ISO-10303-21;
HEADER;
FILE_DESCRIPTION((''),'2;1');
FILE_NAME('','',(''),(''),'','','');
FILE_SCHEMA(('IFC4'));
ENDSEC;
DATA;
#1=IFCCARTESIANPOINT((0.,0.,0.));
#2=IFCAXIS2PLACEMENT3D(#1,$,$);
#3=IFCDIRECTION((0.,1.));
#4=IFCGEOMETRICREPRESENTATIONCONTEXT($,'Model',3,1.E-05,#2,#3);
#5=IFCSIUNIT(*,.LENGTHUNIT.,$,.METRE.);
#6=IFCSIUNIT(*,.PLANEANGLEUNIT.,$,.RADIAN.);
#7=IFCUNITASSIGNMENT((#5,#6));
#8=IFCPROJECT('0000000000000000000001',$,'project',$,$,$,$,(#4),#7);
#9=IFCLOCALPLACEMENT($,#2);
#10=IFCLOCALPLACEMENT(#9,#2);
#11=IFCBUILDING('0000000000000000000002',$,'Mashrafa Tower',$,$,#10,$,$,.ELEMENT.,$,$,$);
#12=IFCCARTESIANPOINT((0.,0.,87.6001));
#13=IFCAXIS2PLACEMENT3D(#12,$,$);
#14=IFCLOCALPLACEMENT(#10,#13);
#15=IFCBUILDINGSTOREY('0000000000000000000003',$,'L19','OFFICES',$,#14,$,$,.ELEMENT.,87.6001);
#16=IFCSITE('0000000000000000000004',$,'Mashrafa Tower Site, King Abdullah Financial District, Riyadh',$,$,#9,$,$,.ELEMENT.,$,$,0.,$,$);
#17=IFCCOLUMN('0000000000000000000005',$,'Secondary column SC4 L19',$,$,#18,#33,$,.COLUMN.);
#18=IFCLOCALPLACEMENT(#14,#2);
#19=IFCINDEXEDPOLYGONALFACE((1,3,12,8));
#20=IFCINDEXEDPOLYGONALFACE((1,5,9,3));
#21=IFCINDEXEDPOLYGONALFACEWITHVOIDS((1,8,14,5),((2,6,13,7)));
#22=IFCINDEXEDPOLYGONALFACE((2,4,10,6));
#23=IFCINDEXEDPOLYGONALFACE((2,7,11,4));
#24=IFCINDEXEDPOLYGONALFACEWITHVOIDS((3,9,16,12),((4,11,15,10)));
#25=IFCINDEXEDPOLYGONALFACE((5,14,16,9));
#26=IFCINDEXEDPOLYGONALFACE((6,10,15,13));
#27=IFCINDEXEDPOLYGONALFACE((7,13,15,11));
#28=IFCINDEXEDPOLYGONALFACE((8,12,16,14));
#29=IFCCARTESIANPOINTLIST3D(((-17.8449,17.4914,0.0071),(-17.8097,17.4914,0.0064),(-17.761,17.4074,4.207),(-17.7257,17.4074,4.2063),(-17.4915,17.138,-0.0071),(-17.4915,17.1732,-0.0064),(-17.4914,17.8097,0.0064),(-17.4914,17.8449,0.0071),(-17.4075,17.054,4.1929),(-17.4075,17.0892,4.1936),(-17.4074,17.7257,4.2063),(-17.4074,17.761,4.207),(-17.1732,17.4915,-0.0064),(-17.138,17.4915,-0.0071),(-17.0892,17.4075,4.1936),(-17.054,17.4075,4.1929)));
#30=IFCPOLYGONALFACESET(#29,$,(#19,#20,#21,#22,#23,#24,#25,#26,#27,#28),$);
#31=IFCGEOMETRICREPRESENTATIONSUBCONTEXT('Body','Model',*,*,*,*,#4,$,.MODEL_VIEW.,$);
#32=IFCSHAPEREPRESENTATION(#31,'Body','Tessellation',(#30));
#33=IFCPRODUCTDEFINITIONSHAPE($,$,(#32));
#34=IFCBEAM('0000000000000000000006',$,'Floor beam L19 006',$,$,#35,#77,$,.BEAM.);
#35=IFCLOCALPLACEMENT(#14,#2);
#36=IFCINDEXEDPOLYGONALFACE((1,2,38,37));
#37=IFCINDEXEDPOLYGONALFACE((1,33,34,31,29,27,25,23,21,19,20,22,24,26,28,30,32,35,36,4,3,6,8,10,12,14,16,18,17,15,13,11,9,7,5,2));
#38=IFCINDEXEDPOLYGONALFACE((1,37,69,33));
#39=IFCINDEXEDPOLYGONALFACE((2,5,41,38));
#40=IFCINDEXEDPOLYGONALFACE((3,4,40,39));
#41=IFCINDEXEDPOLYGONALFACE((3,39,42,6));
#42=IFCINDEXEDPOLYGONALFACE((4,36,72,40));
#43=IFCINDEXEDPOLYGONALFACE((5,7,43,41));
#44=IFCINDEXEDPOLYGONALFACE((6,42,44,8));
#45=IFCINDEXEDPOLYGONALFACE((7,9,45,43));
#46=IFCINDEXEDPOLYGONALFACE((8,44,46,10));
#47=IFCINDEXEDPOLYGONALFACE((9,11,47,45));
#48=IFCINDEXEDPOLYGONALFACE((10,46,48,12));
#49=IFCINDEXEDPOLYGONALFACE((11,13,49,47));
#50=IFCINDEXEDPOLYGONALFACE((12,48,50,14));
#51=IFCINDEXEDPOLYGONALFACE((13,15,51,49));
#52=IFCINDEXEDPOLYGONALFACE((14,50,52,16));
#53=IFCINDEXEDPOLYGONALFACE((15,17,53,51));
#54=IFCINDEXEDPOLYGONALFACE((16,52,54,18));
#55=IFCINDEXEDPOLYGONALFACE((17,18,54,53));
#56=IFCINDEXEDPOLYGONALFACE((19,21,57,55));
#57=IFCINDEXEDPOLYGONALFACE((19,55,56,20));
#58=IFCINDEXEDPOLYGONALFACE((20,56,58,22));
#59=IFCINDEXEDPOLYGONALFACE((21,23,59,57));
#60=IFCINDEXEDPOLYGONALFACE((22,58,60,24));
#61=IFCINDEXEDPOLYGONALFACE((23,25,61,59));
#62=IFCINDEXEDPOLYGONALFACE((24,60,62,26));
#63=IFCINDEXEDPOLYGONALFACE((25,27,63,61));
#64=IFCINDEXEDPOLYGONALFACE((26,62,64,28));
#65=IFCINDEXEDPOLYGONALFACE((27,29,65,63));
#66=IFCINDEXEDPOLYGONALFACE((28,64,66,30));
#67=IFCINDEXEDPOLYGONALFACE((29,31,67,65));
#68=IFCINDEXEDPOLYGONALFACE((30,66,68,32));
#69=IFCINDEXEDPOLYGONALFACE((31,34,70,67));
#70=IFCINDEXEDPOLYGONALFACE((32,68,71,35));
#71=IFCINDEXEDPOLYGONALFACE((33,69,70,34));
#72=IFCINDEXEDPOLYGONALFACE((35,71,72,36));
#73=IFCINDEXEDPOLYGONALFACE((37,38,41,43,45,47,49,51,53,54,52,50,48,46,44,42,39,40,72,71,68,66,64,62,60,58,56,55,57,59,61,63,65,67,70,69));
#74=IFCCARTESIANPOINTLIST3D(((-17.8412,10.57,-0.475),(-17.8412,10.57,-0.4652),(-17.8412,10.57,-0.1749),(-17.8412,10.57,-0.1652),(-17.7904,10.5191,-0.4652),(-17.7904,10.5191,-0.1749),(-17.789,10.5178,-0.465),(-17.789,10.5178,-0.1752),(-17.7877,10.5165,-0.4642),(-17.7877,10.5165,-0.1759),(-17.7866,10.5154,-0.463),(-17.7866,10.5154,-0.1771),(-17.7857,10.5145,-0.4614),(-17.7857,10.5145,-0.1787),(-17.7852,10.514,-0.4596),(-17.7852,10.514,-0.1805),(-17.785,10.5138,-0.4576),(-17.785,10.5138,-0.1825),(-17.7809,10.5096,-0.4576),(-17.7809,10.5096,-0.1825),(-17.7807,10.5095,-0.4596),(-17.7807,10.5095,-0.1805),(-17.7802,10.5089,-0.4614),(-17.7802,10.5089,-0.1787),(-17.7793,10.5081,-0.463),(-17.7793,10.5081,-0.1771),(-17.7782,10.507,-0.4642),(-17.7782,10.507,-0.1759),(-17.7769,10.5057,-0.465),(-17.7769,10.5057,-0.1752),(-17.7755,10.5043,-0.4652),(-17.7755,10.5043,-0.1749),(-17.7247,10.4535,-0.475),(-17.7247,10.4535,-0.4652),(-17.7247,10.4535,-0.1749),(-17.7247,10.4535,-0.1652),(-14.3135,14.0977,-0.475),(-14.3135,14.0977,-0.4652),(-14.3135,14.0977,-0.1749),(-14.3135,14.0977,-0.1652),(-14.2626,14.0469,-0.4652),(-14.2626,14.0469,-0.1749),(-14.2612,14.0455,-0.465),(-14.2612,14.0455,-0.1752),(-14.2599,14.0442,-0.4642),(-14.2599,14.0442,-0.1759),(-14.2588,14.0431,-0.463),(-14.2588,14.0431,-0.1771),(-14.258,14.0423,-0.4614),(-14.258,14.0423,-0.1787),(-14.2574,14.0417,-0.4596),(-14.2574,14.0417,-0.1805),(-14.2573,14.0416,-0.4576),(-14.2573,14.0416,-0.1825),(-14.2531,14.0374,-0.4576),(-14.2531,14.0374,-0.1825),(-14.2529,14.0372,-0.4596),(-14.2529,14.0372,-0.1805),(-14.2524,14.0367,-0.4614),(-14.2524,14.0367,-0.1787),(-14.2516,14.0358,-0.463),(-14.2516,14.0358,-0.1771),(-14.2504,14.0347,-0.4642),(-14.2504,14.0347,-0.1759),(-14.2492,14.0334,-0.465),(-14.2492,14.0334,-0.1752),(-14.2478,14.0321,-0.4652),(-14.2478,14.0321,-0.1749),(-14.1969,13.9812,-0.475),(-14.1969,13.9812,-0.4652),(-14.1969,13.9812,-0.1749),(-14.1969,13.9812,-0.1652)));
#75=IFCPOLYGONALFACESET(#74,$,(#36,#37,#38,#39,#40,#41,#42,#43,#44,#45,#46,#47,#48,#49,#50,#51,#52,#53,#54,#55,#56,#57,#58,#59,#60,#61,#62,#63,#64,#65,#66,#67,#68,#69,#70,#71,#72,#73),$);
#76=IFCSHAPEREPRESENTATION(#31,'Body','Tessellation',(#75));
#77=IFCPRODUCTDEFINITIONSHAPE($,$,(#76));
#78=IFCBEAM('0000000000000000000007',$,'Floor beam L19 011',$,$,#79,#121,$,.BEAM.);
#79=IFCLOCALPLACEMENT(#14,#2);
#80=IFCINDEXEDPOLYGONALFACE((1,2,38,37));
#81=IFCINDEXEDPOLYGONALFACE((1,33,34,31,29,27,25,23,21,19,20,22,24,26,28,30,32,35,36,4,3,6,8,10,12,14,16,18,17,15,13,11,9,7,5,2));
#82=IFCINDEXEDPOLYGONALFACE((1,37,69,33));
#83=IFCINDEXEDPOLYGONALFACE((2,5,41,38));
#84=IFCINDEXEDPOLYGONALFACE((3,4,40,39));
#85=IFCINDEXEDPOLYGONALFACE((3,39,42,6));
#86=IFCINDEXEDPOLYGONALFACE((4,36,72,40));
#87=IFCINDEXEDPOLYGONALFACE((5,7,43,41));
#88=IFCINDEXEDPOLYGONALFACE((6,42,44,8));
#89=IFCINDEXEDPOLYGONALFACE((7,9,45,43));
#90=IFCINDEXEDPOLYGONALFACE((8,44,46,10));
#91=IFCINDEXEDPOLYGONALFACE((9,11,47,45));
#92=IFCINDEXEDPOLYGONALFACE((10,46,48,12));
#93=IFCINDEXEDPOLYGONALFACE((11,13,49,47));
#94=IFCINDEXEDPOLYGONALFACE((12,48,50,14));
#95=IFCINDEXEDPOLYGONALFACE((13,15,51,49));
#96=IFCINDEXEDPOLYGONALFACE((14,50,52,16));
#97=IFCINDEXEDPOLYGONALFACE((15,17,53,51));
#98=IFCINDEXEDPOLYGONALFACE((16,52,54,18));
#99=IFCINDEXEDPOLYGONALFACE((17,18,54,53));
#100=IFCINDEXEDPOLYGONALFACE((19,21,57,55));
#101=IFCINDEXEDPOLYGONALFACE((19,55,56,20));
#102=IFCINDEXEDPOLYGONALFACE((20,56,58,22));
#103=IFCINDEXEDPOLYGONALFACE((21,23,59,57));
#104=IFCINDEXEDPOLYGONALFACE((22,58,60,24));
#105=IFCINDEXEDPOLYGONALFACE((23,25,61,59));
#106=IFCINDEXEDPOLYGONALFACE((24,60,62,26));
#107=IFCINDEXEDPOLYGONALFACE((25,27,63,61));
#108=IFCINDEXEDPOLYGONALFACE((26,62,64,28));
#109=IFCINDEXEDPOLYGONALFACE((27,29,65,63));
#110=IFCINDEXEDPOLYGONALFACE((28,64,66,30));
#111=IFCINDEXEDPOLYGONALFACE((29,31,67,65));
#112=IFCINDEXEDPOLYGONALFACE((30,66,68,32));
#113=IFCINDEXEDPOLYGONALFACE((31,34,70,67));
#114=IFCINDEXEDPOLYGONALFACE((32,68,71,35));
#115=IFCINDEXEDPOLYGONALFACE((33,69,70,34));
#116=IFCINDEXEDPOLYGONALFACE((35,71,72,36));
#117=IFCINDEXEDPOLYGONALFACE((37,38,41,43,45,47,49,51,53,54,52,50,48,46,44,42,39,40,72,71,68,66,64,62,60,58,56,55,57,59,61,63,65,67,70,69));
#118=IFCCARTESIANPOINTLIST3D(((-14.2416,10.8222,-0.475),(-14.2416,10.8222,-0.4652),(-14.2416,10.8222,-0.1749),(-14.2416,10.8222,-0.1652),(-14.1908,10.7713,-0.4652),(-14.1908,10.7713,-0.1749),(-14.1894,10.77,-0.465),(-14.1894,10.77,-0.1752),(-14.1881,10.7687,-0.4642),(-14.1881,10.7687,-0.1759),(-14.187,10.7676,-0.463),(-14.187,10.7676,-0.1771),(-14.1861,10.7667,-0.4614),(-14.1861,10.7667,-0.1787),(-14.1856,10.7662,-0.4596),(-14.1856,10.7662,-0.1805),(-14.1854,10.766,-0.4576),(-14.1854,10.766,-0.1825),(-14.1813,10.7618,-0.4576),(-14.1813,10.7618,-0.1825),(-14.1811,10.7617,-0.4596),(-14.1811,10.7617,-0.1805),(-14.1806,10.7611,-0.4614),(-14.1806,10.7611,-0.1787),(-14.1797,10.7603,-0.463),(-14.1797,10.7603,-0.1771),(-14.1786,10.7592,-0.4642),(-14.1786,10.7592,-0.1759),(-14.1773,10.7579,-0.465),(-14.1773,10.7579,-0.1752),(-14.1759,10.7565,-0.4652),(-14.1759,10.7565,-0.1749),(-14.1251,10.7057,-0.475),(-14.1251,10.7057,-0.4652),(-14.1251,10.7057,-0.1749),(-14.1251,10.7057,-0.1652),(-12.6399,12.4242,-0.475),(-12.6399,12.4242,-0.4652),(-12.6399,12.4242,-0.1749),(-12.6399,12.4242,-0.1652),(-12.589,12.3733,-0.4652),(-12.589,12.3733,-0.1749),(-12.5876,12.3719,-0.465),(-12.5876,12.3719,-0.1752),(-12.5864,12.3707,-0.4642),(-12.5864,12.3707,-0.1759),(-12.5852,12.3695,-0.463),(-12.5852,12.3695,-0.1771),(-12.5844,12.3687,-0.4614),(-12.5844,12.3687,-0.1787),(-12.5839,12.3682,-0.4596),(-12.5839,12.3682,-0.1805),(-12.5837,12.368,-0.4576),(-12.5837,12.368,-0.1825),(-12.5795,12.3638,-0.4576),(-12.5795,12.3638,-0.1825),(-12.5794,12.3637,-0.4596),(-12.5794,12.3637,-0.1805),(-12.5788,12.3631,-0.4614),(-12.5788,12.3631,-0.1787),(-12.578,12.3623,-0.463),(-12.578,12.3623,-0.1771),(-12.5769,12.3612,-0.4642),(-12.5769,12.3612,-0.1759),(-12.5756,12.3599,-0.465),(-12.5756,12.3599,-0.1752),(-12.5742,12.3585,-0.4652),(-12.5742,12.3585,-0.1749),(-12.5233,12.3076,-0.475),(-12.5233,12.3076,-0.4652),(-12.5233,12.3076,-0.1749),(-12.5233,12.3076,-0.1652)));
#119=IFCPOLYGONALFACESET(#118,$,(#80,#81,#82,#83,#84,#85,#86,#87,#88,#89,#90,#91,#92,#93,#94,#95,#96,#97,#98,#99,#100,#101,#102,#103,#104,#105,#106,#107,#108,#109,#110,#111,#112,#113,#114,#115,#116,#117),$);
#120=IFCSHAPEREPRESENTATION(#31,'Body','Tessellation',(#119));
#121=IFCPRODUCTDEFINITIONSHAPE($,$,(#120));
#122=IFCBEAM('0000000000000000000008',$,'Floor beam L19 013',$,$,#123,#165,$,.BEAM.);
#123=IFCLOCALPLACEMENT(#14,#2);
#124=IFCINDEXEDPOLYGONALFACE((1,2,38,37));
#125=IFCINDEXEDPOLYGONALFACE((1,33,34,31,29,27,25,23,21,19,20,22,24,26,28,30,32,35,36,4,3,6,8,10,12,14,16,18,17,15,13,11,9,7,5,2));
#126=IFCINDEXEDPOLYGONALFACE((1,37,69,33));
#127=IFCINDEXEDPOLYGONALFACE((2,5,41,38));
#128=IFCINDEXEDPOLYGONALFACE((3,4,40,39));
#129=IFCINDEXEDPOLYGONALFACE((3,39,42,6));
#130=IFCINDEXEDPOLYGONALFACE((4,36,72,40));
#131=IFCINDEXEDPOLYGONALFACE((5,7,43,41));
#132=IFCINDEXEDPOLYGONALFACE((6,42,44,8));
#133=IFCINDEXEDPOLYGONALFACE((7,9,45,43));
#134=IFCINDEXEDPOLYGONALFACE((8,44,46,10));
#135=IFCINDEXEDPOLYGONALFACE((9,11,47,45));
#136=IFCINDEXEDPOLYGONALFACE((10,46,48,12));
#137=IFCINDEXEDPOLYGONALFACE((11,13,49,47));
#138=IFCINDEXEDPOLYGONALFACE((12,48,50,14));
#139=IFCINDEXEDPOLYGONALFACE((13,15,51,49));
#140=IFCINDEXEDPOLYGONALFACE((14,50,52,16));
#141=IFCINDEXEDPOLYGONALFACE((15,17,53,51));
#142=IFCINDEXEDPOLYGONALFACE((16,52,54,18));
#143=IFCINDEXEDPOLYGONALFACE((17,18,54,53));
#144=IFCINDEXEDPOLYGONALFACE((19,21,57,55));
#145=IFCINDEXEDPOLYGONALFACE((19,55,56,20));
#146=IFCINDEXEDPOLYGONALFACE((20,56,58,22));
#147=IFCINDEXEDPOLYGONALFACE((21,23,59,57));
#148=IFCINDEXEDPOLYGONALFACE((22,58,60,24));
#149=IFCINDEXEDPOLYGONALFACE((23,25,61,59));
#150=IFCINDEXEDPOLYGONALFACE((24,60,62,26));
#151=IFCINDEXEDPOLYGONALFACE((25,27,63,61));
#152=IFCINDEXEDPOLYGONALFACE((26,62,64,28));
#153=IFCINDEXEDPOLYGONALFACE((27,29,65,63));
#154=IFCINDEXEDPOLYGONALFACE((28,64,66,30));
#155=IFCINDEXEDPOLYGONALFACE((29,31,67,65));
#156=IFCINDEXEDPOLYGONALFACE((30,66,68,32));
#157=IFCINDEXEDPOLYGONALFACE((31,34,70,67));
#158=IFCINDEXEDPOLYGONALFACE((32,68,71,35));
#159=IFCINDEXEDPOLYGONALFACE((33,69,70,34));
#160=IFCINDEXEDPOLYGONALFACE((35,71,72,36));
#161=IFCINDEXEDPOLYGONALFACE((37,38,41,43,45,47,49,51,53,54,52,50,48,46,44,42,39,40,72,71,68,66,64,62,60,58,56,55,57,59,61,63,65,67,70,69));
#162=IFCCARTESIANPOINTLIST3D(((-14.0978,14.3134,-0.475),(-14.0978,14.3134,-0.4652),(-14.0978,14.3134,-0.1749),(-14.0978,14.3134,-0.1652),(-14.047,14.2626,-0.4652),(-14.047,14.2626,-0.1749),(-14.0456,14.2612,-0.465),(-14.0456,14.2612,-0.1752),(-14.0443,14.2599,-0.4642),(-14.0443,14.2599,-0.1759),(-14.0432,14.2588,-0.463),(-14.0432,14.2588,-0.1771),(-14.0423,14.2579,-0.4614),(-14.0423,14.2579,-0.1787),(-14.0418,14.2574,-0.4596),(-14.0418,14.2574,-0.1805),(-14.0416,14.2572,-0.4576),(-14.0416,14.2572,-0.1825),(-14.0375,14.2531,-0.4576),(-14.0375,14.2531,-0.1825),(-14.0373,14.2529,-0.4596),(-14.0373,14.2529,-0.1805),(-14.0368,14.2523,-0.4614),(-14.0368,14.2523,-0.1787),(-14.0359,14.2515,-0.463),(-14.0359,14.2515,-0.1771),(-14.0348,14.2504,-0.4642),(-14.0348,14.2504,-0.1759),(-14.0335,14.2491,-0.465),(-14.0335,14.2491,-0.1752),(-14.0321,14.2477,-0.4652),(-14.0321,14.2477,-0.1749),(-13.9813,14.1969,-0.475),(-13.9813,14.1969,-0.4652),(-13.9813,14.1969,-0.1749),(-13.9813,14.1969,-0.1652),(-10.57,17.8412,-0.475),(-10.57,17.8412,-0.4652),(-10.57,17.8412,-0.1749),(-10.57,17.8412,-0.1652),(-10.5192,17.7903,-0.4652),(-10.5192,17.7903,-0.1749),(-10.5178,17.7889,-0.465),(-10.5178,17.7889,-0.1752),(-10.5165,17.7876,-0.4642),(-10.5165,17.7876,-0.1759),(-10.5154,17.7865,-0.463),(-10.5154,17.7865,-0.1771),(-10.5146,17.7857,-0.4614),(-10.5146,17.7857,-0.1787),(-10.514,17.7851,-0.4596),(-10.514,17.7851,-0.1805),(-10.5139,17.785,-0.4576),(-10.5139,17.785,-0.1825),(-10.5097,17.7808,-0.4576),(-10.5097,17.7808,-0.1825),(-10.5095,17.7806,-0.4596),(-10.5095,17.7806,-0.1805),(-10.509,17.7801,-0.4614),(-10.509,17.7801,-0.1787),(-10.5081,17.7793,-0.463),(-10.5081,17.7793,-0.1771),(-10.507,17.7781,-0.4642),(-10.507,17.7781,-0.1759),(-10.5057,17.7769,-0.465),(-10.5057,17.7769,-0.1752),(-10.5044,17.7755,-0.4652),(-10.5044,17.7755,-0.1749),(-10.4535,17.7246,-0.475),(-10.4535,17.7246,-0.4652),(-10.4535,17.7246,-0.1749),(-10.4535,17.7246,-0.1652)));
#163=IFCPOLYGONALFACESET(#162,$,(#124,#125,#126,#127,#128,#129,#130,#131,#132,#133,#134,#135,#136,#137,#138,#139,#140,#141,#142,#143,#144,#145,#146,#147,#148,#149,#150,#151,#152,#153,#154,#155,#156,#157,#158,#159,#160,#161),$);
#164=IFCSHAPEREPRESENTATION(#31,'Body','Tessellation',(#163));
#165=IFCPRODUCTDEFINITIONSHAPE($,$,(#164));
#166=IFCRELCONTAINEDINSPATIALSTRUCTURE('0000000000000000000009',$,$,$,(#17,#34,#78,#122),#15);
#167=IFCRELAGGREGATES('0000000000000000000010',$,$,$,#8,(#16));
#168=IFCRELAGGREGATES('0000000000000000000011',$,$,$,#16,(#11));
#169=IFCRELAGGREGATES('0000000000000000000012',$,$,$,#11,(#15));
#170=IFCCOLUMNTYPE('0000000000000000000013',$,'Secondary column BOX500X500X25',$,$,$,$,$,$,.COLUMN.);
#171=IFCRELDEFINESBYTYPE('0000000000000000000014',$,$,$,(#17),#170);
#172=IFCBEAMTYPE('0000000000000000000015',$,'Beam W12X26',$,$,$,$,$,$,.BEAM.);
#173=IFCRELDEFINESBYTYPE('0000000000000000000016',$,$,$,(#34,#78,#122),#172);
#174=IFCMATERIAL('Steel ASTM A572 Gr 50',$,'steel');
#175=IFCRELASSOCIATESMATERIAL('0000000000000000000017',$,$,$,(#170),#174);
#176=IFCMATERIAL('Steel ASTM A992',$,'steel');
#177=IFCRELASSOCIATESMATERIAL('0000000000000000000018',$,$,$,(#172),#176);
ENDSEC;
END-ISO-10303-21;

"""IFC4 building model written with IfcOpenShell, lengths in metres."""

from ifc_helpers import new_model, si_unit, direction, frame, origin, origin_2d, place, context, subcontext, project, spatial, hollow_rectangle, i_section, extrude, material, material_profile, profile_set, type_object, element, save


model = new_model("IFC4")

# Units and contexts
model_context = context("Model", 3, precision=1e-05, world=origin(), true_north=direction((0.0, 1.0)))
body_context = subcontext(model_context, "Body", "Model", "MODEL_VIEW")
ifc_project = project(units=[si_unit("LENGTHUNIT", "METRE"), si_unit("PLANEANGLEUNIT", "RADIAN")], contexts=[model_context])

# Site, building, storey
site_placement = place(None, origin())
site = spatial("IfcSite", under=ifc_project, at=site_placement, Name="Mashrafa Tower Site, King Abdullah Financial District, Riyadh", CompositionType="ELEMENT", RefElevation=0.0)
building_placement = place(site_placement, origin())
building = spatial("IfcBuilding", under=site, at=building_placement, Name="Mashrafa Tower", CompositionType="ELEMENT")
storey_placement = place(building_placement, frame((0.0, 0.0, 87.6001)))
storey = spatial("IfcBuildingStorey", under=building, at=storey_placement, Name="L19", Description="OFFICES", CompositionType="ELEMENT", Elevation=87.6001)

# Column
ifc_material_1 = material(Name="Steel ASTM A572 Gr 50", Category="steel")
ifc_material_profile_1 = material_profile(ifc_material_1, hollow_rectangle(XDim=0.5, YDim=0.5, WallThickness=0.0249, at=origin_2d()), Name="BOX500X500X25")
ifc_profile_set_1 = profile_set([ifc_material_profile_1], Name="Steel ASTM A572 Gr 50")
column_type = type_object("IfcColumnType", Name="Secondary column BOX500X500X25", PredefinedType="COLUMN", material=ifc_profile_set_1)
column_placement = place(storey_placement, frame((-17.4915, 17.4915, 0.0), z_axis=(0.019989, -0.019989, 0.9996), x_axis=(0.707107, 0.707107, 0.0)))
element("IfcColumn", 1, at=column_placement, inside=storey, type_object=column_type, Name="Secondary column SC4 L19", PredefinedType="COLUMN", context=body_context, shape_type="SweptSolid", body=[
    extrude(hollow_rectangle(XDim=0.5, YDim=0.5, WallThickness=0.0249, at=origin_2d()), origin(), (0.0, 0.0, 1.0), 4.2017),
])

# Beams
ifc_material_2 = material(Name="Steel ASTM A992", Category="steel")
ifc_material_profile_2 = material_profile(ifc_material_2, i_section(OverallWidth=0.1648, OverallDepth=0.3098, WebThickness=0.0059, FlangeThickness=0.0098, FilletRadius=0.0076, at=origin_2d()), Name="W12X26")
ifc_profile_set_2 = profile_set([ifc_material_profile_2], Name="Steel ASTM A992")
beam_type_1 = type_object("IfcBeamType", Name="Beam W12X26", PredefinedType="BEAM", material=ifc_profile_set_2)
beam_1_placement = place(storey_placement, frame((-17.783, 10.5117, -0.3201), z_axis=(0.707107, 0.707107, 0.0), x_axis=(-0.707107, 0.707107, 0.0)))
element("IfcBeam", 2, at=beam_1_placement, inside=storey, type_object=beam_type_1, Name="Floor beam L19 006", PredefinedType="BEAM", context=body_context, shape_type="SweptSolid", body=[
    extrude(i_section(OverallWidth=0.1648, OverallDepth=0.3098, WebThickness=0.0059, FlangeThickness=0.0098, FilletRadius=0.0076, at=origin_2d()), origin(), (0.0, 0.0, 1.0), 4.989),
])
beam_2_placement = place(storey_placement, frame((-14.1833, 10.7639, -0.3201), z_axis=(0.707053, 0.707161, 0.0), x_axis=(-0.707161, 0.707053, 0.0)))
element("IfcBeam", 3, at=beam_2_placement, inside=storey, type_object=beam_type_1, Name="Floor beam L19 011", PredefinedType="BEAM", context=body_context, shape_type="SweptSolid", body=[
    extrude(i_section(OverallWidth=0.1648, OverallDepth=0.3098, WebThickness=0.0059, FlangeThickness=0.0098, FilletRadius=0.0076, at=origin_2d()), origin(), (0.0, 0.0, 1.0), 2.2654),
])
beam_3_placement = place(storey_placement, frame((-14.0396, 14.2551, -0.3201), z_axis=(0.707107, 0.707107, 0.0), x_axis=(-0.707107, 0.707107, 0.0)))
element("IfcBeam", 4, at=beam_3_placement, inside=storey, type_object=beam_type_1, Name="Floor beam L19 013", PredefinedType="BEAM", context=body_context, shape_type="SweptSolid", body=[
    extrude(i_section(OverallWidth=0.1648, OverallDepth=0.3098, WebThickness=0.0059, FlangeThickness=0.0098, FilletRadius=0.0076, at=origin_2d()), origin(), (0.0, 0.0, 1.0), 4.989),
])

save(model, "model.ifc")
